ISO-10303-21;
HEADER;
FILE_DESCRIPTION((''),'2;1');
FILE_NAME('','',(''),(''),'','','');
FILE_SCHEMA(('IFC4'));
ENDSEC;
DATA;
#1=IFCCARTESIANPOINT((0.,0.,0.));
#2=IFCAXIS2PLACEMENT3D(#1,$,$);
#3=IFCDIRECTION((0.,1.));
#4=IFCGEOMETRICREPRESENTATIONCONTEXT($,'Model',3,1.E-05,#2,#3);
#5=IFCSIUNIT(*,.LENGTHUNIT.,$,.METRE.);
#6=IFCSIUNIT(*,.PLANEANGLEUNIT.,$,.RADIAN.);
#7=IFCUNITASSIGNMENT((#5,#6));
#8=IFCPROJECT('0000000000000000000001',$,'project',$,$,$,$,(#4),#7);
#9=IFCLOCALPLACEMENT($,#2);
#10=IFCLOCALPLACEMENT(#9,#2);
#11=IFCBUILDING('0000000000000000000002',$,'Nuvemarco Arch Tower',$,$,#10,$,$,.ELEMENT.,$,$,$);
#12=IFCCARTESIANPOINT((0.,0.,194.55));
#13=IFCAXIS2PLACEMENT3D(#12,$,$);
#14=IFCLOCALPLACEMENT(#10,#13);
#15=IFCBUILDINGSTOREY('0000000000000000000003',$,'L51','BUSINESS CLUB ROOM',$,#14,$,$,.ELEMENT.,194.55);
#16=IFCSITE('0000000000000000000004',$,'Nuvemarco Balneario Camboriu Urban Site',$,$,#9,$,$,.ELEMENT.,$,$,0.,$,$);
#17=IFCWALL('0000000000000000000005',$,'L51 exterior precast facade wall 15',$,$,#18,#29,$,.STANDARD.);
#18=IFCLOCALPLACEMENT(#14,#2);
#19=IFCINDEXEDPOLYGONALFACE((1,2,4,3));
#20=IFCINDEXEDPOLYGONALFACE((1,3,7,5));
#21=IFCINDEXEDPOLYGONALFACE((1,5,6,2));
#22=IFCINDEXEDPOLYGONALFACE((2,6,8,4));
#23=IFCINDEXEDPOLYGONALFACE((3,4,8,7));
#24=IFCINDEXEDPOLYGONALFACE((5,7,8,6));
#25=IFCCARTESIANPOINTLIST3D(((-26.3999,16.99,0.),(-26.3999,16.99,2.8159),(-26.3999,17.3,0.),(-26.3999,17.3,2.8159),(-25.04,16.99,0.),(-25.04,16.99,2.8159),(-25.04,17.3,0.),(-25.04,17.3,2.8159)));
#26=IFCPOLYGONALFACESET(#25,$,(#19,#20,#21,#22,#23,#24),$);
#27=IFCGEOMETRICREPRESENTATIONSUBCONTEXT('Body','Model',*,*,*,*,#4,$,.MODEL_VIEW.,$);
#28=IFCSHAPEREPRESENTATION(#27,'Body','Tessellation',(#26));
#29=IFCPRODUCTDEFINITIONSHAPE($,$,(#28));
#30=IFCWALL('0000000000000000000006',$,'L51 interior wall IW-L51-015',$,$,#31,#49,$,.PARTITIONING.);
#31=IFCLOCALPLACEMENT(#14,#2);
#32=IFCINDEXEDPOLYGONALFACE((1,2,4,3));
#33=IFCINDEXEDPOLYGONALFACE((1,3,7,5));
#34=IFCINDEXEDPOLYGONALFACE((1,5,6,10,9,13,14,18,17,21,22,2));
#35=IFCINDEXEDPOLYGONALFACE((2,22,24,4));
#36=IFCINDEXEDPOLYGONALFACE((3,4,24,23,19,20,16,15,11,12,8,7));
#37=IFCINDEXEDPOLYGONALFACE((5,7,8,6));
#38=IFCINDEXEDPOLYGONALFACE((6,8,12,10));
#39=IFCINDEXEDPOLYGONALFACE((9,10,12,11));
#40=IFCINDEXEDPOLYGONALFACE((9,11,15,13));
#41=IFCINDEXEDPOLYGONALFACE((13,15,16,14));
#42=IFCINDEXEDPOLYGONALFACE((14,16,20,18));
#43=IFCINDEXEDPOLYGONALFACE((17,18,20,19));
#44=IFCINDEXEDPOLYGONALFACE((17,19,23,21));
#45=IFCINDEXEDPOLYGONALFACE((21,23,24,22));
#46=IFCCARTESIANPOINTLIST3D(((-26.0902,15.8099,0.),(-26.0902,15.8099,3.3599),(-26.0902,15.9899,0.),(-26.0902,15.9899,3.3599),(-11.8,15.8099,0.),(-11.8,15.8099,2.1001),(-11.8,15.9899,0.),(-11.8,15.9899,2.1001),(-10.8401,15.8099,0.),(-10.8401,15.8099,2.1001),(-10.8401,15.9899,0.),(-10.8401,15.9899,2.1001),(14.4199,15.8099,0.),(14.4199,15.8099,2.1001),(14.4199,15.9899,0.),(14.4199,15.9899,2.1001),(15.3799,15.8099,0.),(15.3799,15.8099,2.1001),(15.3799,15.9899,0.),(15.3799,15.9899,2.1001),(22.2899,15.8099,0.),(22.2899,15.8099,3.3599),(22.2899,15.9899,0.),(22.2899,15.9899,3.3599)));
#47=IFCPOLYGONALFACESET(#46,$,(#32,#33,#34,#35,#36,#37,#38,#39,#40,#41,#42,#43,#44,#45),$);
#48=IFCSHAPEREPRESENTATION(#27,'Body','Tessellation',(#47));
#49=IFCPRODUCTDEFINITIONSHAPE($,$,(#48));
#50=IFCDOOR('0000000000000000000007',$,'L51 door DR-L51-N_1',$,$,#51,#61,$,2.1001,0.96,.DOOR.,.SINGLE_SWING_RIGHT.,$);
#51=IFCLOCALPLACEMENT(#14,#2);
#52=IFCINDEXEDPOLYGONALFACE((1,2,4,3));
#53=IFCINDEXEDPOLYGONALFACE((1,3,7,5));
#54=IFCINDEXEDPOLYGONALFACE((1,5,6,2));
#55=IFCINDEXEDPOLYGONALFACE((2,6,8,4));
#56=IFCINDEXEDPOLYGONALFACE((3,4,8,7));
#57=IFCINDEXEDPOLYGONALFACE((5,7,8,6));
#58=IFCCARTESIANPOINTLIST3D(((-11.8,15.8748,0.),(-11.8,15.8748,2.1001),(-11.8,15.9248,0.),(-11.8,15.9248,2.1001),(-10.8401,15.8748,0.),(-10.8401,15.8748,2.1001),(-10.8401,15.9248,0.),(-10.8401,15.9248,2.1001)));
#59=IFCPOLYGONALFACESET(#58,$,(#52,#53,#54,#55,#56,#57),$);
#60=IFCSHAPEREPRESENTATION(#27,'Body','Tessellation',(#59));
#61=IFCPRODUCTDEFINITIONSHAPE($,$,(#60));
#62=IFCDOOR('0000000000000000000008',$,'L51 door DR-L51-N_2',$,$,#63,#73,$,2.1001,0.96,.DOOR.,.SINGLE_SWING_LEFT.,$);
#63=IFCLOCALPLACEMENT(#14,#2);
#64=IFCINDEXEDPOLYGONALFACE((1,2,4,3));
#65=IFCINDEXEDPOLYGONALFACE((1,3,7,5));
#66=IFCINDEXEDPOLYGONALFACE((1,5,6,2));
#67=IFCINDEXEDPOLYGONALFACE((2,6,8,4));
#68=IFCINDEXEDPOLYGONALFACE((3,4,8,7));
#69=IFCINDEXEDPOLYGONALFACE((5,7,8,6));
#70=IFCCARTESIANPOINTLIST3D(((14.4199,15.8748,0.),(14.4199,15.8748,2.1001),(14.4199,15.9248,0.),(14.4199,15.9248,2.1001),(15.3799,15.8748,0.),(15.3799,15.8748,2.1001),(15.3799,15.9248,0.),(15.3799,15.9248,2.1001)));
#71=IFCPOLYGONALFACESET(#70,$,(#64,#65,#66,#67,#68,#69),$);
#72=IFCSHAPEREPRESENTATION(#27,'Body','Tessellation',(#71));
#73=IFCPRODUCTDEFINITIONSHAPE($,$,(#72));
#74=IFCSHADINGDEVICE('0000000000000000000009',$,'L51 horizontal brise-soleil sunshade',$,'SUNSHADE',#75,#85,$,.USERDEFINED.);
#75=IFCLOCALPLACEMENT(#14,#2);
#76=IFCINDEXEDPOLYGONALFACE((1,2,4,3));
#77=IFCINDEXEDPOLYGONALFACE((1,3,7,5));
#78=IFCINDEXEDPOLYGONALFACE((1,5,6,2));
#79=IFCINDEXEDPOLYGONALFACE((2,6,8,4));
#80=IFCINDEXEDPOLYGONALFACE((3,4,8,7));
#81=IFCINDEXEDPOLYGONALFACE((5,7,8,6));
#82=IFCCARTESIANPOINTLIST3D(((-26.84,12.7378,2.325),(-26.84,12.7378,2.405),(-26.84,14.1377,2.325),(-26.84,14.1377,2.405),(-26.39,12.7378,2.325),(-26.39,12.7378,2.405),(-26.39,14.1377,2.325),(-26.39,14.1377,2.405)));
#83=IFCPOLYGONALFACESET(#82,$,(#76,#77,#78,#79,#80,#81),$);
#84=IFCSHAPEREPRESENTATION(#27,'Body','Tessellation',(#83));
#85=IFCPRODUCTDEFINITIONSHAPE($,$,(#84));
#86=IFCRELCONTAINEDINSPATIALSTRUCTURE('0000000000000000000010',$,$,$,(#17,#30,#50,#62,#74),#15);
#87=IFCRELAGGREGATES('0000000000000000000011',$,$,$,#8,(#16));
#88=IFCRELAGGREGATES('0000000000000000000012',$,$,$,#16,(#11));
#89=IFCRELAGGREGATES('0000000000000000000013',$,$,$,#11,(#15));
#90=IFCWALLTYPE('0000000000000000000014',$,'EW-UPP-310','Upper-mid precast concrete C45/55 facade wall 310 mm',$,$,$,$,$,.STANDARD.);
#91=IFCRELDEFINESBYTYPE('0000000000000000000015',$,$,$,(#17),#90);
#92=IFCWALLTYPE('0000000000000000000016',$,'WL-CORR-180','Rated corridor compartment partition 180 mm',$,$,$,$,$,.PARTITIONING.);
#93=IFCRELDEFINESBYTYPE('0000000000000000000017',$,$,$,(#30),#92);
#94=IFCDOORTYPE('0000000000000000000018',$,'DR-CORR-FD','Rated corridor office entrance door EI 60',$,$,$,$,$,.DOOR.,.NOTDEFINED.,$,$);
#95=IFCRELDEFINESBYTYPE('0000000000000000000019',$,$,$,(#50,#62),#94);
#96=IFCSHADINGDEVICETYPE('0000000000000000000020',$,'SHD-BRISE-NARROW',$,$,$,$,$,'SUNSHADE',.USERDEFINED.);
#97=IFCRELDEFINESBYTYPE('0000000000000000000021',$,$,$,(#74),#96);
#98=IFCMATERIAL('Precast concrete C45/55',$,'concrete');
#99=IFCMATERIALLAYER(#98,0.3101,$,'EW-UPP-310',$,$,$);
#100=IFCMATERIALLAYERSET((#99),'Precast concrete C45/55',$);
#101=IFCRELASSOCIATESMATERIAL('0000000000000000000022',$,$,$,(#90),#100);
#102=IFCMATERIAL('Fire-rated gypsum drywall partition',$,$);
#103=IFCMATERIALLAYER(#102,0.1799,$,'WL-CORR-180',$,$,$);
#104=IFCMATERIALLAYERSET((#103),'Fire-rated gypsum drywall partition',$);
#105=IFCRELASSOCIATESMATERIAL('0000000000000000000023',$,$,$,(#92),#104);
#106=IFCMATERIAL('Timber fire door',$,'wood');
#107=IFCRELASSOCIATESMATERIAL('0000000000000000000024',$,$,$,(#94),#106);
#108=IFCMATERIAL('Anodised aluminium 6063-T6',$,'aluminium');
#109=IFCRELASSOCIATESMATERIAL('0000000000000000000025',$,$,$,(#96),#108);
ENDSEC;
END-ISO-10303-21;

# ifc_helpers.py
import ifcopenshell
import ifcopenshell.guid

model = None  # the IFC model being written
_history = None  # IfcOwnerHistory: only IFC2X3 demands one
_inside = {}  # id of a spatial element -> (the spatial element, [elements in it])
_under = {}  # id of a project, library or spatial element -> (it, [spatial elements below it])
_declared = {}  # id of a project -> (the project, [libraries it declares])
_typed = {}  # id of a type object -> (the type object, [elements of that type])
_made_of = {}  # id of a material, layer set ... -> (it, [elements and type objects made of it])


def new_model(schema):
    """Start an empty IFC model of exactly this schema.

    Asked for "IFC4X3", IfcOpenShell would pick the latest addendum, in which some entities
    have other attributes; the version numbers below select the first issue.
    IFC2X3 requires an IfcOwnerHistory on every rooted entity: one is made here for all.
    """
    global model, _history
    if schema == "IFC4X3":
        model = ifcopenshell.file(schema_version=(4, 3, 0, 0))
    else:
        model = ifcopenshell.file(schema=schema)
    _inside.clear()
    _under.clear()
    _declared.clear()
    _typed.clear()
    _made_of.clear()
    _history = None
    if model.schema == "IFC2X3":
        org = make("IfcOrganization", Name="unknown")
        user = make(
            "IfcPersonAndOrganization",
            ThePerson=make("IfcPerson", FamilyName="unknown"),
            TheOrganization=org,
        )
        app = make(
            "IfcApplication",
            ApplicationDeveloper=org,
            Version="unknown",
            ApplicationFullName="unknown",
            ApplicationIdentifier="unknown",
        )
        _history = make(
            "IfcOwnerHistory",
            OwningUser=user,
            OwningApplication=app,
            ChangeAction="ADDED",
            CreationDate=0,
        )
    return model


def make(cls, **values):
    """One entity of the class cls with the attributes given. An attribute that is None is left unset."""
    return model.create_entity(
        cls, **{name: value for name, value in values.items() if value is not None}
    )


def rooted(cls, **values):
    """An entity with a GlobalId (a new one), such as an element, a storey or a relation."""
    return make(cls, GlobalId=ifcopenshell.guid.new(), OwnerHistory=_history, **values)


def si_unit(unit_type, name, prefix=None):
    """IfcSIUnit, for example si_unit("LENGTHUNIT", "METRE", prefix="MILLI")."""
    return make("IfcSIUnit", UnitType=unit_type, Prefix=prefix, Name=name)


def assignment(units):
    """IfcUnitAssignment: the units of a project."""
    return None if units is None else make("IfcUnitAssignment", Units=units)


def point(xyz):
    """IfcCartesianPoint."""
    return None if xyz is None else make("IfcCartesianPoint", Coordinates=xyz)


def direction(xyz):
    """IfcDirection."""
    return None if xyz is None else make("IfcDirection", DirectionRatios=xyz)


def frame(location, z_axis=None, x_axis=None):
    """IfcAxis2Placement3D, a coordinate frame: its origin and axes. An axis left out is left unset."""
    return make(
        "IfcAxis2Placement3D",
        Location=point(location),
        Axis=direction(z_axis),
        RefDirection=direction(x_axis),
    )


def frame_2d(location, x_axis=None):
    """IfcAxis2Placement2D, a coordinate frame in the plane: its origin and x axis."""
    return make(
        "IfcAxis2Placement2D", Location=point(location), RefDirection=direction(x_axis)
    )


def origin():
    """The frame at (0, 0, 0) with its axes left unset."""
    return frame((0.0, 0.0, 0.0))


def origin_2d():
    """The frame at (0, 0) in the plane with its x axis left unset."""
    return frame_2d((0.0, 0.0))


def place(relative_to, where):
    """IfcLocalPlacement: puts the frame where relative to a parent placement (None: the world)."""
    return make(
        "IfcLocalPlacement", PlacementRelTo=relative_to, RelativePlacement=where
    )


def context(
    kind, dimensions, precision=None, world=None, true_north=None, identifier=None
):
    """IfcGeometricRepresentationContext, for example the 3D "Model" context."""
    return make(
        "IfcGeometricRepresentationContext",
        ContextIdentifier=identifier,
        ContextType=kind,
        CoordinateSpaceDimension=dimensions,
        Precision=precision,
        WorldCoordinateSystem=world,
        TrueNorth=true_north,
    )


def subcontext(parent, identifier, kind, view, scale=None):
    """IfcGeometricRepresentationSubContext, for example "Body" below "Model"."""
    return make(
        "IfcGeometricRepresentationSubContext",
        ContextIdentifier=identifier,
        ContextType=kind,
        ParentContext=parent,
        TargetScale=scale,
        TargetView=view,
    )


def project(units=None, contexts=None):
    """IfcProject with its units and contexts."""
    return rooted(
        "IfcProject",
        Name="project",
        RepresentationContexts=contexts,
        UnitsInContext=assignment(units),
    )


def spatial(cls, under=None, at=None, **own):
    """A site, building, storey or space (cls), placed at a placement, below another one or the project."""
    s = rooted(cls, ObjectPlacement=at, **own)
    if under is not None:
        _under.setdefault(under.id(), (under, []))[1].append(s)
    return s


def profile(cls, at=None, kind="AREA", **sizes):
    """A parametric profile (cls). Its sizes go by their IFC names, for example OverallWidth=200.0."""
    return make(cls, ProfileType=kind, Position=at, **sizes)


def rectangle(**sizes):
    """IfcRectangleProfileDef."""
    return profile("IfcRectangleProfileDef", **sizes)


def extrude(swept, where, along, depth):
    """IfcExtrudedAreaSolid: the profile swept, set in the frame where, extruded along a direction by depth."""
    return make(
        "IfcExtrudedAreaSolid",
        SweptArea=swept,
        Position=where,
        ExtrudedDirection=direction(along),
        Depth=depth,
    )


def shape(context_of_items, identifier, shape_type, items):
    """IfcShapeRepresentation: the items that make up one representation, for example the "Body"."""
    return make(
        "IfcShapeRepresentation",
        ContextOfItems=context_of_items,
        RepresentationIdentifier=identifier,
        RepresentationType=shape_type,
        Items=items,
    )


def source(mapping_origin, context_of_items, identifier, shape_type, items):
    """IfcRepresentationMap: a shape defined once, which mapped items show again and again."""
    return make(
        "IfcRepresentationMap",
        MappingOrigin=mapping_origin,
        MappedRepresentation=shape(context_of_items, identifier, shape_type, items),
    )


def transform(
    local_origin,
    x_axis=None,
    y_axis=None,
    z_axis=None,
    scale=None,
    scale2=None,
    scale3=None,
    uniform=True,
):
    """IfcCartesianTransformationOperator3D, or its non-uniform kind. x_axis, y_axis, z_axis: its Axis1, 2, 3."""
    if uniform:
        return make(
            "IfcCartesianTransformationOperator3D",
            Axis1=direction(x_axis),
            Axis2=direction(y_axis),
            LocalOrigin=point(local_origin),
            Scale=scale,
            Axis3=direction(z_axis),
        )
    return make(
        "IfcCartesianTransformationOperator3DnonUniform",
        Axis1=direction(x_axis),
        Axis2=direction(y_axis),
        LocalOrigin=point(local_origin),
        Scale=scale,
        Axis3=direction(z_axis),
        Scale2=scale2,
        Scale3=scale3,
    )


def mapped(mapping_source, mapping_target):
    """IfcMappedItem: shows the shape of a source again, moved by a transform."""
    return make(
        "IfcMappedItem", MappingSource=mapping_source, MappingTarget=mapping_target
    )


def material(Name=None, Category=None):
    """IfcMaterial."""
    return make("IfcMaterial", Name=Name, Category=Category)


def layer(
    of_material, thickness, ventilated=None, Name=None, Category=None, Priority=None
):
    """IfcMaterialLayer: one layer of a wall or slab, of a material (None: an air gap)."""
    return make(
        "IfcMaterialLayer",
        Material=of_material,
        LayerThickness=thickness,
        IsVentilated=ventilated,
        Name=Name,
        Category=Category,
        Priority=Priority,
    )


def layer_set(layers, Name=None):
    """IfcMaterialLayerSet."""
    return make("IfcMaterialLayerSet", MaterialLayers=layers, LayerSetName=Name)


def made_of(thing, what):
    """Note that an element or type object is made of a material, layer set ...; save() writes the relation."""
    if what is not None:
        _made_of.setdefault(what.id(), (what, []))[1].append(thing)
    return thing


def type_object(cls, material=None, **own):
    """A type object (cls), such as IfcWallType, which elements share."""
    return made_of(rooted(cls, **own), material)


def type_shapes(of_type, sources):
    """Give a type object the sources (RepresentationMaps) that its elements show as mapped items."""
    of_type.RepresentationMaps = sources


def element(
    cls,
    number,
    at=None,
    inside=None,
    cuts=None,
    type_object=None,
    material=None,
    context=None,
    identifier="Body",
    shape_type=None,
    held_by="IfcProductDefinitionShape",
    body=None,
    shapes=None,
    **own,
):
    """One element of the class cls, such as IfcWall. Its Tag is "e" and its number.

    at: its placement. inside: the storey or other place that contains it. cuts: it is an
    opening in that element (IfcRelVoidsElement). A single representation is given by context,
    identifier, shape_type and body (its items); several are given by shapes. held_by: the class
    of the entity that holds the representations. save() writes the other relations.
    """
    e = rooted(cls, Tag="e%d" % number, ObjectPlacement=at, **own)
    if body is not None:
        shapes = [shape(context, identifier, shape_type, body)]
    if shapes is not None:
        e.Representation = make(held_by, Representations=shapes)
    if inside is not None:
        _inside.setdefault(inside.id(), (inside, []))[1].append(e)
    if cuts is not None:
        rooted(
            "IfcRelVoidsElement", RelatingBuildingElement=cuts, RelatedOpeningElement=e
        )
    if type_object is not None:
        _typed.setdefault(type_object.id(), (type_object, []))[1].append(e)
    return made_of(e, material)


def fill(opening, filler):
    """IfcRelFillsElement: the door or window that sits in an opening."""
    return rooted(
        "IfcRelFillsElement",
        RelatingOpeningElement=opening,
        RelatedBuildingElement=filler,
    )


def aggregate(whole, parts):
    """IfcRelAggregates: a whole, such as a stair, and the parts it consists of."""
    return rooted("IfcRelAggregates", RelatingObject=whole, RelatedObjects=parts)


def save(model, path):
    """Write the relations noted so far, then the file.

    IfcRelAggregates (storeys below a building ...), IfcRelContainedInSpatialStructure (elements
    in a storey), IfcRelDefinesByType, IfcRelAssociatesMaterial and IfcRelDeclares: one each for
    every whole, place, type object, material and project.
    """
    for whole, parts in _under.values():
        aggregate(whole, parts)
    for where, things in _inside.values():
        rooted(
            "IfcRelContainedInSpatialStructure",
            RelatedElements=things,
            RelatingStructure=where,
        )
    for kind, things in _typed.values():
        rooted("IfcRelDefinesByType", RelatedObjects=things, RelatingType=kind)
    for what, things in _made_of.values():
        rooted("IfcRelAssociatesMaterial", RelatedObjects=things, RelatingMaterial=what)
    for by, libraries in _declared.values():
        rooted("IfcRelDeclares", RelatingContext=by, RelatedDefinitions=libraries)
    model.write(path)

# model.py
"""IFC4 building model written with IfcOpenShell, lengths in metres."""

from ifc_helpers import new_model, si_unit, direction, frame, frame_2d, origin, origin_2d, place, context, subcontext, project, spatial, rectangle, extrude, source, transform, mapped, material, layer, layer_set, type_object, type_shapes, element, fill, save


model = new_model("IFC4")

# Units and contexts
model_context = context("Model", 3, precision=1e-05, world=origin(), true_north=direction((0.0, 1.0)))
body_context = subcontext(model_context, "Body", "Model", "MODEL_VIEW")
ifc_project = project(units=[si_unit("LENGTHUNIT", "METRE"), si_unit("PLANEANGLEUNIT", "RADIAN")], contexts=[model_context])

# Site, building, storey
site_placement = place(None, origin())
site = spatial("IfcSite", under=ifc_project, at=site_placement, Name="Nuvemarco Balneario Camboriu Urban Site", CompositionType="ELEMENT", RefElevation=0.0)
building_placement = place(site_placement, origin())
building = spatial("IfcBuilding", under=site, at=building_placement, Name="Nuvemarco Arch Tower", CompositionType="ELEMENT")
storey_placement = place(building_placement, frame((0.0, 0.0, 194.55)))
storey = spatial("IfcBuildingStorey", under=building, at=storey_placement, Name="L51", Description="BUSINESS CLUB ROOM", CompositionType="ELEMENT", Elevation=194.55)

# Shared definitions
ifc_material_1 = material(Name="Precast concrete C45/55", Category="concrete")
ifc_layer_1 = layer(ifc_material_1, 0.3101, Name="EW-UPP-310")
ifc_layer_set_1 = layer_set([ifc_layer_1], Name="Precast concrete C45/55")
wall_type_1 = type_object("IfcWallType", Name="EW-UPP-310", Description="Upper-mid precast concrete C45/55 facade wall 310 mm", PredefinedType="STANDARD", material=ifc_layer_set_1)

# Wall
wall_1_placement = place(storey_placement, frame((-26.3999, 17.145, 0.0), z_axis=(0.0, 0.0, 1.0), x_axis=(1.0, 0.0, 0.0)))
element("IfcWall", 1, at=wall_1_placement, inside=storey, type_object=wall_type_1, Name="L51 exterior precast facade wall 15", PredefinedType="STANDARD", context=body_context, shape_type="SweptSolid", body=[
    extrude(rectangle(XDim=1.3599, YDim=0.3101, at=frame_2d((0.6799, 0.0))), origin(), (0.0, 0.0, 1.0), 2.8159),
])

# Wall, openings, doors
ifc_material_2 = material(Name="Fire-rated gypsum drywall partition")
ifc_layer_2 = layer(ifc_material_2, 0.1799, Name="WL-CORR-180")
ifc_layer_set_2 = layer_set([ifc_layer_2], Name="Fire-rated gypsum drywall partition")
wall_type_2 = type_object("IfcWallType", Name="WL-CORR-180", Description="Rated corridor compartment partition 180 mm", PredefinedType="PARTITIONING", material=ifc_layer_set_2)
wall_2_placement = place(storey_placement, frame((-26.0901, 15.8999, 0.0), z_axis=(0.0, 0.0, 1.0), x_axis=(1.0, 0.0, 0.0)))
wall_2 = element("IfcWall", 2, at=wall_2_placement, inside=storey, type_object=wall_type_2, Name="L51 interior wall IW-L51-015", PredefinedType="PARTITIONING", context=body_context, shape_type="SweptSolid", body=[
    extrude(rectangle(XDim=48.3801, YDim=0.1799, at=frame_2d((24.1899, 0.0))), origin(), (0.0, 0.0, 1.0), 3.3599),
])
opening_1_placement = place(wall_2_placement, frame((14.29, 0.0, 0.0)))
opening_1 = element("IfcOpeningElement", 3, at=opening_1_placement, cuts=wall_2, PredefinedType="OPENING", context=body_context, shape_type="SweptSolid", body=[
    extrude(rectangle(XDim=0.96, YDim=2.1001, at=frame_2d((0.48, 1.05))), frame((0.0, 0.0999, 0.0), z_axis=(0.0, -1.0, 0.0), x_axis=(1.0, 0.0, 0.0)), (0.0, 0.0, 1.0), 0.2),
])
opening_2_placement = place(wall_2_placement, frame((40.51, 0.0, 0.0)))
opening_2 = element("IfcOpeningElement", 4, at=opening_2_placement, cuts=wall_2, PredefinedType="OPENING", context=body_context, shape_type="SweptSolid", body=[
    extrude(rectangle(XDim=0.96, YDim=2.1001, at=frame_2d((0.48, 1.05))), frame((0.0, 0.0999, 0.0), z_axis=(0.0, -1.0, 0.0), x_axis=(1.0, 0.0, 0.0)), (0.0, 0.0, 1.0), 0.2),
])
ifc_material_3 = material(Name="Timber fire door", Category="wood")
door_type = type_object("IfcDoorType", Name="DR-CORR-FD", Description="Rated corridor office entrance door EI 60", OperationType="NOTDEFINED", PredefinedType="DOOR", material=ifc_material_3)
shared_shape_1 = source(origin(), body_context, "Body", "SweptSolid", [
    extrude(rectangle(XDim=0.96, YDim=2.1001, at=frame_2d((0.48, 1.05))), frame((0.0, 0.0249, 0.0), z_axis=(0.0, -1.0, 0.0), x_axis=(1.0, 0.0, 0.0)), (0.0, 0.0, 1.0), 0.05),
])
type_shapes(door_type, [shared_shape_1])
door_1_placement = place(opening_1_placement, origin())
door_1 = element("IfcDoor", 5, at=door_1_placement, inside=storey, type_object=door_type, Name="L51 door DR-L51-N_1", OperationType="SINGLE_SWING_RIGHT", OverallHeight=2.1001, OverallWidth=0.96, PredefinedType="DOOR", context=body_context, shape_type="MappedRepresentation", body=[
    mapped(shared_shape_1, transform((0.0, 0.0, 0.0), scale=1.0)),
])
fill(opening_1, door_1)
door_2_placement = place(opening_2_placement, origin())
door_2 = element("IfcDoor", 6, at=door_2_placement, inside=storey, type_object=door_type, Name="L51 door DR-L51-N_2", OperationType="SINGLE_SWING_LEFT", OverallHeight=2.1001, OverallWidth=0.96, PredefinedType="DOOR", context=body_context, shape_type="MappedRepresentation", body=[
    mapped(shared_shape_1, transform((0.0, 0.0, 0.0), scale=1.0)),
])
fill(opening_2, door_2)

# Shading device
ifc_material_4 = material(Name="Anodised aluminium 6063-T6", Category="aluminium")
shading_device_type = type_object("IfcShadingDeviceType", Name="SHD-BRISE-NARROW", ElementType="SUNSHADE", PredefinedType="USERDEFINED", material=ifc_material_4)
shared_shape_2 = source(origin(), body_context, "Body", "SweptSolid", [
    extrude(rectangle(XDim=1.3999, YDim=0.45, at=origin_2d()), origin(), (0.0, 0.0, 1.0), 0.0801),
])
type_shapes(shading_device_type, [shared_shape_2])
shading_device_placement = place(storey_placement, frame((-26.615, 13.4377, 2.325), z_axis=(0.0, 0.0, 1.0), x_axis=(0.0, 1.0, 0.0)))
element("IfcShadingDevice", 7, at=shading_device_placement, inside=storey, type_object=shading_device_type, Name="L51 horizontal brise-soleil sunshade", ObjectType="SUNSHADE", PredefinedType="USERDEFINED", context=body_context, shape_type="MappedRepresentation", body=[
    mapped(shared_shape_2, transform((0.0, 0.0, 0.0), scale=1.0)),
])

save(model, "model.ifc")
